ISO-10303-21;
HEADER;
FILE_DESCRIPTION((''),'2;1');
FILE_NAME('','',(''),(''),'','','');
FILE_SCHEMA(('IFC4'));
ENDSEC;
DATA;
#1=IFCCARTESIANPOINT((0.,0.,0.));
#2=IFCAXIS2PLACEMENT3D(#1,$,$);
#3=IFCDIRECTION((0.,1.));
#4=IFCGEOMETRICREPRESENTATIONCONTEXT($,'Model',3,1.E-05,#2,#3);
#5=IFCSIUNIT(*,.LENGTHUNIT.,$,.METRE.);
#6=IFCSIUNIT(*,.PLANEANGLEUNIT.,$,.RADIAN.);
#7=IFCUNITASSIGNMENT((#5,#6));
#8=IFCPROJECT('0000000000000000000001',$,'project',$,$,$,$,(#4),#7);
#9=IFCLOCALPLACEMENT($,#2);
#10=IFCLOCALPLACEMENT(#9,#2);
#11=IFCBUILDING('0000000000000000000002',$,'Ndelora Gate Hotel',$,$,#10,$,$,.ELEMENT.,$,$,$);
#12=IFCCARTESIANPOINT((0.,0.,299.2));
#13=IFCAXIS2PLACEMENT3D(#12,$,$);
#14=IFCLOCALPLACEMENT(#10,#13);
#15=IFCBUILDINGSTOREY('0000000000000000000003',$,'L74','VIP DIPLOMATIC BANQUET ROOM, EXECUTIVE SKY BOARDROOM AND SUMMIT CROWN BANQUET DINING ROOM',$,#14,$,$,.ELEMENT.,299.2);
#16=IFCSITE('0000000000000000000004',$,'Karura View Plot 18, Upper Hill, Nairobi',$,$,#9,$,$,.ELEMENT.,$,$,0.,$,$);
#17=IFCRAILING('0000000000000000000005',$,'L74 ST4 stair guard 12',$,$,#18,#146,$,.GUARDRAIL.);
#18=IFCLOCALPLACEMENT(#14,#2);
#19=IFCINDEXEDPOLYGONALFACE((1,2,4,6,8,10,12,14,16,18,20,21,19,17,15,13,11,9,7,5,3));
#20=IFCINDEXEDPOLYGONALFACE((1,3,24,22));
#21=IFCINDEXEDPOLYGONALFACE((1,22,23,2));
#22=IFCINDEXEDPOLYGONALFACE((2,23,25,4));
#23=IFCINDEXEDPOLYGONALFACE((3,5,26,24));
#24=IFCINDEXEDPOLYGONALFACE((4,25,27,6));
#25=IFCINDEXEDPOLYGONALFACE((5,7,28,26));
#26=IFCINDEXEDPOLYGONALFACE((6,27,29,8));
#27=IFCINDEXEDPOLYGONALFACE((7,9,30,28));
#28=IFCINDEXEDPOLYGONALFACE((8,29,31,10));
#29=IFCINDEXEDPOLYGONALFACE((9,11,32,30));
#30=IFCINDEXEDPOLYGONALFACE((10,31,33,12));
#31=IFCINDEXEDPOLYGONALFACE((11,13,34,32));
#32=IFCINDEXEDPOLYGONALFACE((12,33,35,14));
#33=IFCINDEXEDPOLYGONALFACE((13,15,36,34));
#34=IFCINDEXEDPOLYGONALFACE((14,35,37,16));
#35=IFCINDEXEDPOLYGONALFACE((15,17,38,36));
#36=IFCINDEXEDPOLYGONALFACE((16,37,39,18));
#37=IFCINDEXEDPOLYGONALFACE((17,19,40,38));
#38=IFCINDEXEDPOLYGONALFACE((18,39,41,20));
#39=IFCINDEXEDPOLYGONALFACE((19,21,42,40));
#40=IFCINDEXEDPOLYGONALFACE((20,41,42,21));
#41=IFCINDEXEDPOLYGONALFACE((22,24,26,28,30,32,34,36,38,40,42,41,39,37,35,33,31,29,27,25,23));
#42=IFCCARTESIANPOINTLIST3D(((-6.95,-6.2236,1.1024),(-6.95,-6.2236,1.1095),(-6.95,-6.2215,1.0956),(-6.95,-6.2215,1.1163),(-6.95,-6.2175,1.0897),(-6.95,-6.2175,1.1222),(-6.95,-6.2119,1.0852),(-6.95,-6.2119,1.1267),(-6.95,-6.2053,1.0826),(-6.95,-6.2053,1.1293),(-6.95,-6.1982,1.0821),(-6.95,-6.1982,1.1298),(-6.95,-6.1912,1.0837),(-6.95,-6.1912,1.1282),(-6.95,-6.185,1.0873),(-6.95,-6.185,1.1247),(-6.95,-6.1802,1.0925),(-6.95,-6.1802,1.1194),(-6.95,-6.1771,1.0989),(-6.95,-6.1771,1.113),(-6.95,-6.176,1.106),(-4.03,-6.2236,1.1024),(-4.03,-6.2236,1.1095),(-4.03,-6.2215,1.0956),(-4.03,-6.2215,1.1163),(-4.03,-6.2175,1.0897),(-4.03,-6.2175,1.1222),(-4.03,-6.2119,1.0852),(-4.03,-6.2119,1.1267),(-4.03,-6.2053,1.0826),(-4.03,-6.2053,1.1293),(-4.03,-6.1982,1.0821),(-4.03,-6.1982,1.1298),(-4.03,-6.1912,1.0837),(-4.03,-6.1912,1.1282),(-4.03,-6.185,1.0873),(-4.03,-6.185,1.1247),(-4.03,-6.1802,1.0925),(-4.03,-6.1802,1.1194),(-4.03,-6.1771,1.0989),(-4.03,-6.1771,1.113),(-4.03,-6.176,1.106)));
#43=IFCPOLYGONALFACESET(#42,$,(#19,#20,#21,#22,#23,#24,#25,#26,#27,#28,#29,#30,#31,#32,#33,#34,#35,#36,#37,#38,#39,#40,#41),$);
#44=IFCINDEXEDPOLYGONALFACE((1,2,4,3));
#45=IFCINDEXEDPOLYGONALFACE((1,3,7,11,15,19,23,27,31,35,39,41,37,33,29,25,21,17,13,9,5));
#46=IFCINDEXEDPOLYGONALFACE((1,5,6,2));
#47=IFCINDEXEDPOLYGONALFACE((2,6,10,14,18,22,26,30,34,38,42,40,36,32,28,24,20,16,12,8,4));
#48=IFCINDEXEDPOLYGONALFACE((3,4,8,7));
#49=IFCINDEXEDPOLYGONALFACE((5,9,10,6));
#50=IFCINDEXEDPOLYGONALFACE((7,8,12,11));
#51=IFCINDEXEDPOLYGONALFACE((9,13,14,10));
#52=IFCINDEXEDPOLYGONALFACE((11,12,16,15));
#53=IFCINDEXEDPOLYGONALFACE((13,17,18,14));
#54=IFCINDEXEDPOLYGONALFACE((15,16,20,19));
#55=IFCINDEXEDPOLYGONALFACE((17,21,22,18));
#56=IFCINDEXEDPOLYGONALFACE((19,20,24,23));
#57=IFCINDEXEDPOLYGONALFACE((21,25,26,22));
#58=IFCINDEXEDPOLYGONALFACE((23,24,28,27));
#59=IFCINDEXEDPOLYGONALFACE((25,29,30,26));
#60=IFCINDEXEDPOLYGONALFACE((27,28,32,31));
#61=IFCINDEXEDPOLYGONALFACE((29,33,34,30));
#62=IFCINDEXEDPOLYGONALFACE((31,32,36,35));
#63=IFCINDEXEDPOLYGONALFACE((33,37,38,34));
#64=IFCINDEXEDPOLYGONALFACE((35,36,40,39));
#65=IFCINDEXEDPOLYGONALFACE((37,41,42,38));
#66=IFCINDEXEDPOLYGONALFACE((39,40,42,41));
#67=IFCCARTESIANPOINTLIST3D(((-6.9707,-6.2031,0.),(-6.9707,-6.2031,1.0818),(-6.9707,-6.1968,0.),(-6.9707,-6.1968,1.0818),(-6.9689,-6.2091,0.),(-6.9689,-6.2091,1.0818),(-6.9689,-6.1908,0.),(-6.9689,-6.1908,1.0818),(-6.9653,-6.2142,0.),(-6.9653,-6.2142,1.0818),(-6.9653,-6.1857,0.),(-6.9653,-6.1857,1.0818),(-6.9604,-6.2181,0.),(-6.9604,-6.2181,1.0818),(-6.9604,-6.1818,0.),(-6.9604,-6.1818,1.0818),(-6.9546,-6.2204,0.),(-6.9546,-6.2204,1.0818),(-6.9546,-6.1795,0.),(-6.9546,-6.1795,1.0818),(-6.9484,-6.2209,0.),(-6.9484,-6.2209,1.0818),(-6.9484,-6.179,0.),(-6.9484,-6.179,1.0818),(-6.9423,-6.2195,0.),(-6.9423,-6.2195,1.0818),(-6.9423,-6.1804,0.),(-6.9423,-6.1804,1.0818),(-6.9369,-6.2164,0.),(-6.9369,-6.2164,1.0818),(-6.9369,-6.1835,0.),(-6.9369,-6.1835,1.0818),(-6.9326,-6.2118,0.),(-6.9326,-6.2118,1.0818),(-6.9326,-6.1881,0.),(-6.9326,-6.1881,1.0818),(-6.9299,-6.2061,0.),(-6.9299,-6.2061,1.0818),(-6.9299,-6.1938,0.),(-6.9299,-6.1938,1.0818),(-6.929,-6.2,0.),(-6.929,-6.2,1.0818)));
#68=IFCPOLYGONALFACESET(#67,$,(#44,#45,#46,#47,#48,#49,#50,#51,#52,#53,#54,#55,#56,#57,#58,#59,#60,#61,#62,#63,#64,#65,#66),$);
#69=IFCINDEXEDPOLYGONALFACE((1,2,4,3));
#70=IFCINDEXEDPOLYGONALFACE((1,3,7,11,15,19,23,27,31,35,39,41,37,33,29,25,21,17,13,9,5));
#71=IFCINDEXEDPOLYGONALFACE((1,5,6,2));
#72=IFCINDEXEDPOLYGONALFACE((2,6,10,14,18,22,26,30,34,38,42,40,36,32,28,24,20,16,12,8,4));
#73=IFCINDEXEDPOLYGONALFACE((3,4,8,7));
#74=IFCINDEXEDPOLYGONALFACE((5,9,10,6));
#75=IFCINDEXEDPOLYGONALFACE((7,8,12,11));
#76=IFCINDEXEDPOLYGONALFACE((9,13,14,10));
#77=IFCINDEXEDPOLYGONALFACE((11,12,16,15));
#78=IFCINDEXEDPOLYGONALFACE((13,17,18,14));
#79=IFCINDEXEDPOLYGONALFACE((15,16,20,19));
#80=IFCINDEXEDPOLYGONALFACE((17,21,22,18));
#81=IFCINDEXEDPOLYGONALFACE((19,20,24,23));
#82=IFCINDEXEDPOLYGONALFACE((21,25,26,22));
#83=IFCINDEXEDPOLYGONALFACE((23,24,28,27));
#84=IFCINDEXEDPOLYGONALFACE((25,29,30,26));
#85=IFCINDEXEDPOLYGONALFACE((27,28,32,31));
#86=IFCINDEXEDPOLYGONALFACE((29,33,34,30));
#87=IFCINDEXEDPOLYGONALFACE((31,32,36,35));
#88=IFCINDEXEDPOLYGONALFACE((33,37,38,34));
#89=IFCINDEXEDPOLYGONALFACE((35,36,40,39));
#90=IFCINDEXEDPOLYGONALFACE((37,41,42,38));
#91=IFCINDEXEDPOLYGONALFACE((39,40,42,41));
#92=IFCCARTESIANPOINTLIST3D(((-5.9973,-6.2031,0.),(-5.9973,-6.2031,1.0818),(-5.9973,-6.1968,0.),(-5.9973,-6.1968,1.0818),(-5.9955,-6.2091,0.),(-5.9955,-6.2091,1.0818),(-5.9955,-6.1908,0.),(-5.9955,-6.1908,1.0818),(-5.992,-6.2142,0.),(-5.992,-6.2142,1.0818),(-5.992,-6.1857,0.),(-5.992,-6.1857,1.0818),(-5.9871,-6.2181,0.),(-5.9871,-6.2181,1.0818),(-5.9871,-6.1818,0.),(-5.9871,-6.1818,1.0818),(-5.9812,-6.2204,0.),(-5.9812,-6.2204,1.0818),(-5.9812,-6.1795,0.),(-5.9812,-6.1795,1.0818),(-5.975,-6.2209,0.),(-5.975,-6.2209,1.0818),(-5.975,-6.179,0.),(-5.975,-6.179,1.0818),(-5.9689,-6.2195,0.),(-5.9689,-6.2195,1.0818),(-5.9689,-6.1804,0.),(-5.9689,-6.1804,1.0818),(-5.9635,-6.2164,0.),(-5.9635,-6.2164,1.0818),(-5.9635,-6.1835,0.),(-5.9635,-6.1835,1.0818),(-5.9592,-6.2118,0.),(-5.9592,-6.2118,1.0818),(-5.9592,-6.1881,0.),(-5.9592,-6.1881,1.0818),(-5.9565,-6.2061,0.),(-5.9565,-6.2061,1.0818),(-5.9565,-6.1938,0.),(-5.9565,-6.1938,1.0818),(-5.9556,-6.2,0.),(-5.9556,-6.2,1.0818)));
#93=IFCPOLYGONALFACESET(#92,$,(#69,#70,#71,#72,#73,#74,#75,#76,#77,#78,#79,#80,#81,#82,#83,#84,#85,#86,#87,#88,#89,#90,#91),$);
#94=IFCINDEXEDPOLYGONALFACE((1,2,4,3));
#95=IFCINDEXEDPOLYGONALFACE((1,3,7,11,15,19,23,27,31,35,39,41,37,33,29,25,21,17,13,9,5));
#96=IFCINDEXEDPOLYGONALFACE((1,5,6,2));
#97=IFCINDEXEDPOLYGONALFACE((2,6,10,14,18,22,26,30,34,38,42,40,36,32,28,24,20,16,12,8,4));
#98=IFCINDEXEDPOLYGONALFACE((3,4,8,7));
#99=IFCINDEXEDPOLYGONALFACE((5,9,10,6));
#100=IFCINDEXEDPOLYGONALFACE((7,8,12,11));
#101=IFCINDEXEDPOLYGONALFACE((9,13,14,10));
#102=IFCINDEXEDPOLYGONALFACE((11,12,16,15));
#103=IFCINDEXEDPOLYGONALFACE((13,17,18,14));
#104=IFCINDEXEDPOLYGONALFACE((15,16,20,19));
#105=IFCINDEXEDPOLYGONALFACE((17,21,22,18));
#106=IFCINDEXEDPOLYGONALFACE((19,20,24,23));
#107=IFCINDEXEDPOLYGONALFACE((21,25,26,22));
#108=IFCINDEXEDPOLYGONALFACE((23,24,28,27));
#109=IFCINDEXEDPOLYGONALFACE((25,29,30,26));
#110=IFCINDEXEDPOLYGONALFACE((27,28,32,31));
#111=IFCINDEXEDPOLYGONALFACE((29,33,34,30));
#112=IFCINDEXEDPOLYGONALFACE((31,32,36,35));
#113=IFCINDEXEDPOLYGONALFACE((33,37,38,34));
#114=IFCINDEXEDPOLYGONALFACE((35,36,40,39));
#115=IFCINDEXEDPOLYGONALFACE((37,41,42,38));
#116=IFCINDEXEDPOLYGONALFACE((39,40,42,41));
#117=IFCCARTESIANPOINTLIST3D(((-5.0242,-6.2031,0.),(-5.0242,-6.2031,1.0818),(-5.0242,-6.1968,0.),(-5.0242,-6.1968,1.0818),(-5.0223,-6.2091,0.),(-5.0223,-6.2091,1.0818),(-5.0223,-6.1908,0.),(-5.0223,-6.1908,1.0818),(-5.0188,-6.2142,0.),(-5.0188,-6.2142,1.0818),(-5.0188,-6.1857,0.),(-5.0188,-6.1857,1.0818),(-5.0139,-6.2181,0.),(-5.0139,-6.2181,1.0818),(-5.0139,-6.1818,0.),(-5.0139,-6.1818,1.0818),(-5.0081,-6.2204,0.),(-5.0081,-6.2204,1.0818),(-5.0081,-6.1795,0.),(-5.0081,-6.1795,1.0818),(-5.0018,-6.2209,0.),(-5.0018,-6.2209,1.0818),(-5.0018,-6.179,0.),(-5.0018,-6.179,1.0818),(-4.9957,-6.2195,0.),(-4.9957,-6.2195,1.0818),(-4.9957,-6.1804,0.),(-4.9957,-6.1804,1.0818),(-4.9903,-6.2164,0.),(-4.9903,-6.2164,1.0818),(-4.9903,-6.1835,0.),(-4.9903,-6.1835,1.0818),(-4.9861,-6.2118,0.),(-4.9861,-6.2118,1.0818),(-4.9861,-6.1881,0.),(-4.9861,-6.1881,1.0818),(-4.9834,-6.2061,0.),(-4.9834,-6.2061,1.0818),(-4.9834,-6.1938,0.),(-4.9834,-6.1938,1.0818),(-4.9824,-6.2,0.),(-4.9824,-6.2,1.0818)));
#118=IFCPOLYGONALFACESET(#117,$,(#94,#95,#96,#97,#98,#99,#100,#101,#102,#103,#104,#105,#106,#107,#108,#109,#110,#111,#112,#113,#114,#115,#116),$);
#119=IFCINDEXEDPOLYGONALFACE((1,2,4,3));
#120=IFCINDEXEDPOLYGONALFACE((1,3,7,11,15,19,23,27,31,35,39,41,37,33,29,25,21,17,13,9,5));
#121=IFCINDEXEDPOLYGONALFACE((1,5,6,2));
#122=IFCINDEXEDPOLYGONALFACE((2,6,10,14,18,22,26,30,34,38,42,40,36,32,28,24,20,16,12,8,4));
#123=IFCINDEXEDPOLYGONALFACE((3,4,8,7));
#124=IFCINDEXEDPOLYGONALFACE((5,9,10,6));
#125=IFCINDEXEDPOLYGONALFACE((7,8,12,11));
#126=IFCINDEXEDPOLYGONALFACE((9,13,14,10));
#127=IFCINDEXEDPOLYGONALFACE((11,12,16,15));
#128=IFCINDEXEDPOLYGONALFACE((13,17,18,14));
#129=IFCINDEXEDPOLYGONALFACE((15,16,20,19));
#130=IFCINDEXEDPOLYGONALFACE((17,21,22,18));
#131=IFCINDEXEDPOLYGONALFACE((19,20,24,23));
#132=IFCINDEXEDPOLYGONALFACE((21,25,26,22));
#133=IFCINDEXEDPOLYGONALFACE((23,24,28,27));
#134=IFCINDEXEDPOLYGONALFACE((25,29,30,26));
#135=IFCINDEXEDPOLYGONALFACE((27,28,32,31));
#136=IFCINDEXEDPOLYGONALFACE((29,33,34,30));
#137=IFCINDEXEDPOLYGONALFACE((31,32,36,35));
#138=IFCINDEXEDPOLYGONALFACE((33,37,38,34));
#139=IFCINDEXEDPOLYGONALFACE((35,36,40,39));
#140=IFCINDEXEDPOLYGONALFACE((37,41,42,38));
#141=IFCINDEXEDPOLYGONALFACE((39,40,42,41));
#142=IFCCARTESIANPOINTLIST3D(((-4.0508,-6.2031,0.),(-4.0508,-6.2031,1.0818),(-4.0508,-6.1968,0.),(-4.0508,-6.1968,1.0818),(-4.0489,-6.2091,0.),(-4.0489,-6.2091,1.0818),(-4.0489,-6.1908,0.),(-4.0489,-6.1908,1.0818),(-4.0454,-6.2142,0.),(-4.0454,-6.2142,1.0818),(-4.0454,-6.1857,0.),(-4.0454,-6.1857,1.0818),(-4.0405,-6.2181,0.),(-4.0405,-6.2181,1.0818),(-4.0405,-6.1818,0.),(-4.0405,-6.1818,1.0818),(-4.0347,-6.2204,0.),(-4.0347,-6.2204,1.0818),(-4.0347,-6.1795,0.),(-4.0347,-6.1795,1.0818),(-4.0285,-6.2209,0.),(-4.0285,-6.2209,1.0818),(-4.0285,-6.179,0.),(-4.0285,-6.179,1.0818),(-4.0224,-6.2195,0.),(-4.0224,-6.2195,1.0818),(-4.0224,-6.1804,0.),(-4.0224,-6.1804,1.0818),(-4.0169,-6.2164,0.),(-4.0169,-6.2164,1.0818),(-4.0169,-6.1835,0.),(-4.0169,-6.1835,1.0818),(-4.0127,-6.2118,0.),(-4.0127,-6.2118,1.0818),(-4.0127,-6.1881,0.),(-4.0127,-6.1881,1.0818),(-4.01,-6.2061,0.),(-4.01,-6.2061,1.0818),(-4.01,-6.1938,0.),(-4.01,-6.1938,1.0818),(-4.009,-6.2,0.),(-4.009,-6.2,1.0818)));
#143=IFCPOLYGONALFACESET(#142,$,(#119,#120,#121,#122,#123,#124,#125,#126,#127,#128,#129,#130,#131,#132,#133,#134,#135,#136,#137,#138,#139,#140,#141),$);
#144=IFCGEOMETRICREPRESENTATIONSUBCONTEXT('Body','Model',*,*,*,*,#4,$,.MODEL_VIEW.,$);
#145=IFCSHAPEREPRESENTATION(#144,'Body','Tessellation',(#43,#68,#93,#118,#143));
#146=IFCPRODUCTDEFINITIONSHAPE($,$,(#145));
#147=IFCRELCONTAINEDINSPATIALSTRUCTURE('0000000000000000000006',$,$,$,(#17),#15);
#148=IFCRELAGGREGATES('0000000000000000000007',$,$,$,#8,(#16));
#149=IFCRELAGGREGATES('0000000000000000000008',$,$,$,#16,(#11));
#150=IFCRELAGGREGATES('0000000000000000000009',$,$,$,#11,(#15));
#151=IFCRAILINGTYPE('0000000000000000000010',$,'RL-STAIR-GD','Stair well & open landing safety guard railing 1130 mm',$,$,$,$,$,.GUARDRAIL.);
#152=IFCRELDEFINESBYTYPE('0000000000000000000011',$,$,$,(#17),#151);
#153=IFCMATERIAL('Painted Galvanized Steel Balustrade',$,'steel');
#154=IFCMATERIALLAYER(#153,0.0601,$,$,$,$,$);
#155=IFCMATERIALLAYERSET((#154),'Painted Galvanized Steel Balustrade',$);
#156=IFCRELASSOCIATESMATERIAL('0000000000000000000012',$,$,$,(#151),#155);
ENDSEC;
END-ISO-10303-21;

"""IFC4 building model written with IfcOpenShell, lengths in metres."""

from ifc_helpers import new_model, si_unit, direction, frame, origin, origin_2d, place, context, subcontext, project, spatial, circle, extrude, material, layer, layer_set, type_object, element, save


model = new_model("IFC4")

# Units and contexts
model_context = context("Model", 3, precision=1e-05, world=origin(), true_north=direction((0.0, 1.0)))
body_context = subcontext(model_context, "Body", "Model", "MODEL_VIEW")
ifc_project = project(units=[si_unit("LENGTHUNIT", "METRE"), si_unit("PLANEANGLEUNIT", "RADIAN")], contexts=[model_context])

# Site, building, storey
site_placement = place(None, origin())
site = spatial("IfcSite", under=ifc_project, at=site_placement, Name="Karura View Plot 18, Upper Hill, Nairobi", CompositionType="ELEMENT", RefElevation=0.0)
building_placement = place(site_placement, origin())
building = spatial("IfcBuilding", under=site, at=building_placement, Name="Ndelora Gate Hotel", CompositionType="ELEMENT")
storey_placement = place(building_placement, frame((0.0, 0.0, 299.2)))
storey = spatial("IfcBuildingStorey", under=building, at=storey_placement, Name="L74", Description="VIP DIPLOMATIC BANQUET ROOM, EXECUTIVE SKY BOARDROOM AND SUMMIT CROWN BANQUET DINING ROOM", CompositionType="ELEMENT", Elevation=299.2)

# Railing
ifc_material_1 = material(Name="Painted Galvanized Steel Balustrade", Category="steel")
ifc_layer_1 = layer(ifc_material_1, 0.0601)
ifc_layer_set_1 = layer_set([ifc_layer_1], Name="Painted Galvanized Steel Balustrade")
railing_type_1 = type_object("IfcRailingType", Name="RL-STAIR-GD", Description="Stair well & open landing safety guard railing 1130 mm", PredefinedType="GUARDRAIL", material=ifc_layer_set_1)
railing_1_placement = place(storey_placement, frame((-6.95, -6.2, 0.0)))
element("IfcRailing", 1, at=railing_1_placement, inside=storey, type_object=railing_type_1, Name="L74 ST4 stair guard 12", PredefinedType="GUARDRAIL", context=body_context, shape_type="SweptSolid", body=[
    extrude(circle(Radius=0.0239, at=origin_2d()), frame((0.0, 0.0, 1.106), z_axis=(1.0, 0.0, 0.0), x_axis=(0.0, 1.0, 0.0)), (0.0, 0.0, 1.0), 2.9199),
    extrude(circle(Radius=0.021, at=origin_2d()), origin(), (0.0, 0.0, 1.0), 1.0818),
    extrude(circle(Radius=0.021, at=origin_2d()), frame((0.9734, 0.0, 0.0)), (0.0, 0.0, 1.0), 1.0818),
    extrude(circle(Radius=0.021, at=origin_2d()), frame((1.9465, 0.0, 0.0)), (0.0, 0.0, 1.0), 1.0818),
    extrude(circle(Radius=0.021, at=origin_2d()), frame((2.9199, 0.0, 0.0)), (0.0, 0.0, 1.0), 1.0818),
])

save(model, "model.ifc")
